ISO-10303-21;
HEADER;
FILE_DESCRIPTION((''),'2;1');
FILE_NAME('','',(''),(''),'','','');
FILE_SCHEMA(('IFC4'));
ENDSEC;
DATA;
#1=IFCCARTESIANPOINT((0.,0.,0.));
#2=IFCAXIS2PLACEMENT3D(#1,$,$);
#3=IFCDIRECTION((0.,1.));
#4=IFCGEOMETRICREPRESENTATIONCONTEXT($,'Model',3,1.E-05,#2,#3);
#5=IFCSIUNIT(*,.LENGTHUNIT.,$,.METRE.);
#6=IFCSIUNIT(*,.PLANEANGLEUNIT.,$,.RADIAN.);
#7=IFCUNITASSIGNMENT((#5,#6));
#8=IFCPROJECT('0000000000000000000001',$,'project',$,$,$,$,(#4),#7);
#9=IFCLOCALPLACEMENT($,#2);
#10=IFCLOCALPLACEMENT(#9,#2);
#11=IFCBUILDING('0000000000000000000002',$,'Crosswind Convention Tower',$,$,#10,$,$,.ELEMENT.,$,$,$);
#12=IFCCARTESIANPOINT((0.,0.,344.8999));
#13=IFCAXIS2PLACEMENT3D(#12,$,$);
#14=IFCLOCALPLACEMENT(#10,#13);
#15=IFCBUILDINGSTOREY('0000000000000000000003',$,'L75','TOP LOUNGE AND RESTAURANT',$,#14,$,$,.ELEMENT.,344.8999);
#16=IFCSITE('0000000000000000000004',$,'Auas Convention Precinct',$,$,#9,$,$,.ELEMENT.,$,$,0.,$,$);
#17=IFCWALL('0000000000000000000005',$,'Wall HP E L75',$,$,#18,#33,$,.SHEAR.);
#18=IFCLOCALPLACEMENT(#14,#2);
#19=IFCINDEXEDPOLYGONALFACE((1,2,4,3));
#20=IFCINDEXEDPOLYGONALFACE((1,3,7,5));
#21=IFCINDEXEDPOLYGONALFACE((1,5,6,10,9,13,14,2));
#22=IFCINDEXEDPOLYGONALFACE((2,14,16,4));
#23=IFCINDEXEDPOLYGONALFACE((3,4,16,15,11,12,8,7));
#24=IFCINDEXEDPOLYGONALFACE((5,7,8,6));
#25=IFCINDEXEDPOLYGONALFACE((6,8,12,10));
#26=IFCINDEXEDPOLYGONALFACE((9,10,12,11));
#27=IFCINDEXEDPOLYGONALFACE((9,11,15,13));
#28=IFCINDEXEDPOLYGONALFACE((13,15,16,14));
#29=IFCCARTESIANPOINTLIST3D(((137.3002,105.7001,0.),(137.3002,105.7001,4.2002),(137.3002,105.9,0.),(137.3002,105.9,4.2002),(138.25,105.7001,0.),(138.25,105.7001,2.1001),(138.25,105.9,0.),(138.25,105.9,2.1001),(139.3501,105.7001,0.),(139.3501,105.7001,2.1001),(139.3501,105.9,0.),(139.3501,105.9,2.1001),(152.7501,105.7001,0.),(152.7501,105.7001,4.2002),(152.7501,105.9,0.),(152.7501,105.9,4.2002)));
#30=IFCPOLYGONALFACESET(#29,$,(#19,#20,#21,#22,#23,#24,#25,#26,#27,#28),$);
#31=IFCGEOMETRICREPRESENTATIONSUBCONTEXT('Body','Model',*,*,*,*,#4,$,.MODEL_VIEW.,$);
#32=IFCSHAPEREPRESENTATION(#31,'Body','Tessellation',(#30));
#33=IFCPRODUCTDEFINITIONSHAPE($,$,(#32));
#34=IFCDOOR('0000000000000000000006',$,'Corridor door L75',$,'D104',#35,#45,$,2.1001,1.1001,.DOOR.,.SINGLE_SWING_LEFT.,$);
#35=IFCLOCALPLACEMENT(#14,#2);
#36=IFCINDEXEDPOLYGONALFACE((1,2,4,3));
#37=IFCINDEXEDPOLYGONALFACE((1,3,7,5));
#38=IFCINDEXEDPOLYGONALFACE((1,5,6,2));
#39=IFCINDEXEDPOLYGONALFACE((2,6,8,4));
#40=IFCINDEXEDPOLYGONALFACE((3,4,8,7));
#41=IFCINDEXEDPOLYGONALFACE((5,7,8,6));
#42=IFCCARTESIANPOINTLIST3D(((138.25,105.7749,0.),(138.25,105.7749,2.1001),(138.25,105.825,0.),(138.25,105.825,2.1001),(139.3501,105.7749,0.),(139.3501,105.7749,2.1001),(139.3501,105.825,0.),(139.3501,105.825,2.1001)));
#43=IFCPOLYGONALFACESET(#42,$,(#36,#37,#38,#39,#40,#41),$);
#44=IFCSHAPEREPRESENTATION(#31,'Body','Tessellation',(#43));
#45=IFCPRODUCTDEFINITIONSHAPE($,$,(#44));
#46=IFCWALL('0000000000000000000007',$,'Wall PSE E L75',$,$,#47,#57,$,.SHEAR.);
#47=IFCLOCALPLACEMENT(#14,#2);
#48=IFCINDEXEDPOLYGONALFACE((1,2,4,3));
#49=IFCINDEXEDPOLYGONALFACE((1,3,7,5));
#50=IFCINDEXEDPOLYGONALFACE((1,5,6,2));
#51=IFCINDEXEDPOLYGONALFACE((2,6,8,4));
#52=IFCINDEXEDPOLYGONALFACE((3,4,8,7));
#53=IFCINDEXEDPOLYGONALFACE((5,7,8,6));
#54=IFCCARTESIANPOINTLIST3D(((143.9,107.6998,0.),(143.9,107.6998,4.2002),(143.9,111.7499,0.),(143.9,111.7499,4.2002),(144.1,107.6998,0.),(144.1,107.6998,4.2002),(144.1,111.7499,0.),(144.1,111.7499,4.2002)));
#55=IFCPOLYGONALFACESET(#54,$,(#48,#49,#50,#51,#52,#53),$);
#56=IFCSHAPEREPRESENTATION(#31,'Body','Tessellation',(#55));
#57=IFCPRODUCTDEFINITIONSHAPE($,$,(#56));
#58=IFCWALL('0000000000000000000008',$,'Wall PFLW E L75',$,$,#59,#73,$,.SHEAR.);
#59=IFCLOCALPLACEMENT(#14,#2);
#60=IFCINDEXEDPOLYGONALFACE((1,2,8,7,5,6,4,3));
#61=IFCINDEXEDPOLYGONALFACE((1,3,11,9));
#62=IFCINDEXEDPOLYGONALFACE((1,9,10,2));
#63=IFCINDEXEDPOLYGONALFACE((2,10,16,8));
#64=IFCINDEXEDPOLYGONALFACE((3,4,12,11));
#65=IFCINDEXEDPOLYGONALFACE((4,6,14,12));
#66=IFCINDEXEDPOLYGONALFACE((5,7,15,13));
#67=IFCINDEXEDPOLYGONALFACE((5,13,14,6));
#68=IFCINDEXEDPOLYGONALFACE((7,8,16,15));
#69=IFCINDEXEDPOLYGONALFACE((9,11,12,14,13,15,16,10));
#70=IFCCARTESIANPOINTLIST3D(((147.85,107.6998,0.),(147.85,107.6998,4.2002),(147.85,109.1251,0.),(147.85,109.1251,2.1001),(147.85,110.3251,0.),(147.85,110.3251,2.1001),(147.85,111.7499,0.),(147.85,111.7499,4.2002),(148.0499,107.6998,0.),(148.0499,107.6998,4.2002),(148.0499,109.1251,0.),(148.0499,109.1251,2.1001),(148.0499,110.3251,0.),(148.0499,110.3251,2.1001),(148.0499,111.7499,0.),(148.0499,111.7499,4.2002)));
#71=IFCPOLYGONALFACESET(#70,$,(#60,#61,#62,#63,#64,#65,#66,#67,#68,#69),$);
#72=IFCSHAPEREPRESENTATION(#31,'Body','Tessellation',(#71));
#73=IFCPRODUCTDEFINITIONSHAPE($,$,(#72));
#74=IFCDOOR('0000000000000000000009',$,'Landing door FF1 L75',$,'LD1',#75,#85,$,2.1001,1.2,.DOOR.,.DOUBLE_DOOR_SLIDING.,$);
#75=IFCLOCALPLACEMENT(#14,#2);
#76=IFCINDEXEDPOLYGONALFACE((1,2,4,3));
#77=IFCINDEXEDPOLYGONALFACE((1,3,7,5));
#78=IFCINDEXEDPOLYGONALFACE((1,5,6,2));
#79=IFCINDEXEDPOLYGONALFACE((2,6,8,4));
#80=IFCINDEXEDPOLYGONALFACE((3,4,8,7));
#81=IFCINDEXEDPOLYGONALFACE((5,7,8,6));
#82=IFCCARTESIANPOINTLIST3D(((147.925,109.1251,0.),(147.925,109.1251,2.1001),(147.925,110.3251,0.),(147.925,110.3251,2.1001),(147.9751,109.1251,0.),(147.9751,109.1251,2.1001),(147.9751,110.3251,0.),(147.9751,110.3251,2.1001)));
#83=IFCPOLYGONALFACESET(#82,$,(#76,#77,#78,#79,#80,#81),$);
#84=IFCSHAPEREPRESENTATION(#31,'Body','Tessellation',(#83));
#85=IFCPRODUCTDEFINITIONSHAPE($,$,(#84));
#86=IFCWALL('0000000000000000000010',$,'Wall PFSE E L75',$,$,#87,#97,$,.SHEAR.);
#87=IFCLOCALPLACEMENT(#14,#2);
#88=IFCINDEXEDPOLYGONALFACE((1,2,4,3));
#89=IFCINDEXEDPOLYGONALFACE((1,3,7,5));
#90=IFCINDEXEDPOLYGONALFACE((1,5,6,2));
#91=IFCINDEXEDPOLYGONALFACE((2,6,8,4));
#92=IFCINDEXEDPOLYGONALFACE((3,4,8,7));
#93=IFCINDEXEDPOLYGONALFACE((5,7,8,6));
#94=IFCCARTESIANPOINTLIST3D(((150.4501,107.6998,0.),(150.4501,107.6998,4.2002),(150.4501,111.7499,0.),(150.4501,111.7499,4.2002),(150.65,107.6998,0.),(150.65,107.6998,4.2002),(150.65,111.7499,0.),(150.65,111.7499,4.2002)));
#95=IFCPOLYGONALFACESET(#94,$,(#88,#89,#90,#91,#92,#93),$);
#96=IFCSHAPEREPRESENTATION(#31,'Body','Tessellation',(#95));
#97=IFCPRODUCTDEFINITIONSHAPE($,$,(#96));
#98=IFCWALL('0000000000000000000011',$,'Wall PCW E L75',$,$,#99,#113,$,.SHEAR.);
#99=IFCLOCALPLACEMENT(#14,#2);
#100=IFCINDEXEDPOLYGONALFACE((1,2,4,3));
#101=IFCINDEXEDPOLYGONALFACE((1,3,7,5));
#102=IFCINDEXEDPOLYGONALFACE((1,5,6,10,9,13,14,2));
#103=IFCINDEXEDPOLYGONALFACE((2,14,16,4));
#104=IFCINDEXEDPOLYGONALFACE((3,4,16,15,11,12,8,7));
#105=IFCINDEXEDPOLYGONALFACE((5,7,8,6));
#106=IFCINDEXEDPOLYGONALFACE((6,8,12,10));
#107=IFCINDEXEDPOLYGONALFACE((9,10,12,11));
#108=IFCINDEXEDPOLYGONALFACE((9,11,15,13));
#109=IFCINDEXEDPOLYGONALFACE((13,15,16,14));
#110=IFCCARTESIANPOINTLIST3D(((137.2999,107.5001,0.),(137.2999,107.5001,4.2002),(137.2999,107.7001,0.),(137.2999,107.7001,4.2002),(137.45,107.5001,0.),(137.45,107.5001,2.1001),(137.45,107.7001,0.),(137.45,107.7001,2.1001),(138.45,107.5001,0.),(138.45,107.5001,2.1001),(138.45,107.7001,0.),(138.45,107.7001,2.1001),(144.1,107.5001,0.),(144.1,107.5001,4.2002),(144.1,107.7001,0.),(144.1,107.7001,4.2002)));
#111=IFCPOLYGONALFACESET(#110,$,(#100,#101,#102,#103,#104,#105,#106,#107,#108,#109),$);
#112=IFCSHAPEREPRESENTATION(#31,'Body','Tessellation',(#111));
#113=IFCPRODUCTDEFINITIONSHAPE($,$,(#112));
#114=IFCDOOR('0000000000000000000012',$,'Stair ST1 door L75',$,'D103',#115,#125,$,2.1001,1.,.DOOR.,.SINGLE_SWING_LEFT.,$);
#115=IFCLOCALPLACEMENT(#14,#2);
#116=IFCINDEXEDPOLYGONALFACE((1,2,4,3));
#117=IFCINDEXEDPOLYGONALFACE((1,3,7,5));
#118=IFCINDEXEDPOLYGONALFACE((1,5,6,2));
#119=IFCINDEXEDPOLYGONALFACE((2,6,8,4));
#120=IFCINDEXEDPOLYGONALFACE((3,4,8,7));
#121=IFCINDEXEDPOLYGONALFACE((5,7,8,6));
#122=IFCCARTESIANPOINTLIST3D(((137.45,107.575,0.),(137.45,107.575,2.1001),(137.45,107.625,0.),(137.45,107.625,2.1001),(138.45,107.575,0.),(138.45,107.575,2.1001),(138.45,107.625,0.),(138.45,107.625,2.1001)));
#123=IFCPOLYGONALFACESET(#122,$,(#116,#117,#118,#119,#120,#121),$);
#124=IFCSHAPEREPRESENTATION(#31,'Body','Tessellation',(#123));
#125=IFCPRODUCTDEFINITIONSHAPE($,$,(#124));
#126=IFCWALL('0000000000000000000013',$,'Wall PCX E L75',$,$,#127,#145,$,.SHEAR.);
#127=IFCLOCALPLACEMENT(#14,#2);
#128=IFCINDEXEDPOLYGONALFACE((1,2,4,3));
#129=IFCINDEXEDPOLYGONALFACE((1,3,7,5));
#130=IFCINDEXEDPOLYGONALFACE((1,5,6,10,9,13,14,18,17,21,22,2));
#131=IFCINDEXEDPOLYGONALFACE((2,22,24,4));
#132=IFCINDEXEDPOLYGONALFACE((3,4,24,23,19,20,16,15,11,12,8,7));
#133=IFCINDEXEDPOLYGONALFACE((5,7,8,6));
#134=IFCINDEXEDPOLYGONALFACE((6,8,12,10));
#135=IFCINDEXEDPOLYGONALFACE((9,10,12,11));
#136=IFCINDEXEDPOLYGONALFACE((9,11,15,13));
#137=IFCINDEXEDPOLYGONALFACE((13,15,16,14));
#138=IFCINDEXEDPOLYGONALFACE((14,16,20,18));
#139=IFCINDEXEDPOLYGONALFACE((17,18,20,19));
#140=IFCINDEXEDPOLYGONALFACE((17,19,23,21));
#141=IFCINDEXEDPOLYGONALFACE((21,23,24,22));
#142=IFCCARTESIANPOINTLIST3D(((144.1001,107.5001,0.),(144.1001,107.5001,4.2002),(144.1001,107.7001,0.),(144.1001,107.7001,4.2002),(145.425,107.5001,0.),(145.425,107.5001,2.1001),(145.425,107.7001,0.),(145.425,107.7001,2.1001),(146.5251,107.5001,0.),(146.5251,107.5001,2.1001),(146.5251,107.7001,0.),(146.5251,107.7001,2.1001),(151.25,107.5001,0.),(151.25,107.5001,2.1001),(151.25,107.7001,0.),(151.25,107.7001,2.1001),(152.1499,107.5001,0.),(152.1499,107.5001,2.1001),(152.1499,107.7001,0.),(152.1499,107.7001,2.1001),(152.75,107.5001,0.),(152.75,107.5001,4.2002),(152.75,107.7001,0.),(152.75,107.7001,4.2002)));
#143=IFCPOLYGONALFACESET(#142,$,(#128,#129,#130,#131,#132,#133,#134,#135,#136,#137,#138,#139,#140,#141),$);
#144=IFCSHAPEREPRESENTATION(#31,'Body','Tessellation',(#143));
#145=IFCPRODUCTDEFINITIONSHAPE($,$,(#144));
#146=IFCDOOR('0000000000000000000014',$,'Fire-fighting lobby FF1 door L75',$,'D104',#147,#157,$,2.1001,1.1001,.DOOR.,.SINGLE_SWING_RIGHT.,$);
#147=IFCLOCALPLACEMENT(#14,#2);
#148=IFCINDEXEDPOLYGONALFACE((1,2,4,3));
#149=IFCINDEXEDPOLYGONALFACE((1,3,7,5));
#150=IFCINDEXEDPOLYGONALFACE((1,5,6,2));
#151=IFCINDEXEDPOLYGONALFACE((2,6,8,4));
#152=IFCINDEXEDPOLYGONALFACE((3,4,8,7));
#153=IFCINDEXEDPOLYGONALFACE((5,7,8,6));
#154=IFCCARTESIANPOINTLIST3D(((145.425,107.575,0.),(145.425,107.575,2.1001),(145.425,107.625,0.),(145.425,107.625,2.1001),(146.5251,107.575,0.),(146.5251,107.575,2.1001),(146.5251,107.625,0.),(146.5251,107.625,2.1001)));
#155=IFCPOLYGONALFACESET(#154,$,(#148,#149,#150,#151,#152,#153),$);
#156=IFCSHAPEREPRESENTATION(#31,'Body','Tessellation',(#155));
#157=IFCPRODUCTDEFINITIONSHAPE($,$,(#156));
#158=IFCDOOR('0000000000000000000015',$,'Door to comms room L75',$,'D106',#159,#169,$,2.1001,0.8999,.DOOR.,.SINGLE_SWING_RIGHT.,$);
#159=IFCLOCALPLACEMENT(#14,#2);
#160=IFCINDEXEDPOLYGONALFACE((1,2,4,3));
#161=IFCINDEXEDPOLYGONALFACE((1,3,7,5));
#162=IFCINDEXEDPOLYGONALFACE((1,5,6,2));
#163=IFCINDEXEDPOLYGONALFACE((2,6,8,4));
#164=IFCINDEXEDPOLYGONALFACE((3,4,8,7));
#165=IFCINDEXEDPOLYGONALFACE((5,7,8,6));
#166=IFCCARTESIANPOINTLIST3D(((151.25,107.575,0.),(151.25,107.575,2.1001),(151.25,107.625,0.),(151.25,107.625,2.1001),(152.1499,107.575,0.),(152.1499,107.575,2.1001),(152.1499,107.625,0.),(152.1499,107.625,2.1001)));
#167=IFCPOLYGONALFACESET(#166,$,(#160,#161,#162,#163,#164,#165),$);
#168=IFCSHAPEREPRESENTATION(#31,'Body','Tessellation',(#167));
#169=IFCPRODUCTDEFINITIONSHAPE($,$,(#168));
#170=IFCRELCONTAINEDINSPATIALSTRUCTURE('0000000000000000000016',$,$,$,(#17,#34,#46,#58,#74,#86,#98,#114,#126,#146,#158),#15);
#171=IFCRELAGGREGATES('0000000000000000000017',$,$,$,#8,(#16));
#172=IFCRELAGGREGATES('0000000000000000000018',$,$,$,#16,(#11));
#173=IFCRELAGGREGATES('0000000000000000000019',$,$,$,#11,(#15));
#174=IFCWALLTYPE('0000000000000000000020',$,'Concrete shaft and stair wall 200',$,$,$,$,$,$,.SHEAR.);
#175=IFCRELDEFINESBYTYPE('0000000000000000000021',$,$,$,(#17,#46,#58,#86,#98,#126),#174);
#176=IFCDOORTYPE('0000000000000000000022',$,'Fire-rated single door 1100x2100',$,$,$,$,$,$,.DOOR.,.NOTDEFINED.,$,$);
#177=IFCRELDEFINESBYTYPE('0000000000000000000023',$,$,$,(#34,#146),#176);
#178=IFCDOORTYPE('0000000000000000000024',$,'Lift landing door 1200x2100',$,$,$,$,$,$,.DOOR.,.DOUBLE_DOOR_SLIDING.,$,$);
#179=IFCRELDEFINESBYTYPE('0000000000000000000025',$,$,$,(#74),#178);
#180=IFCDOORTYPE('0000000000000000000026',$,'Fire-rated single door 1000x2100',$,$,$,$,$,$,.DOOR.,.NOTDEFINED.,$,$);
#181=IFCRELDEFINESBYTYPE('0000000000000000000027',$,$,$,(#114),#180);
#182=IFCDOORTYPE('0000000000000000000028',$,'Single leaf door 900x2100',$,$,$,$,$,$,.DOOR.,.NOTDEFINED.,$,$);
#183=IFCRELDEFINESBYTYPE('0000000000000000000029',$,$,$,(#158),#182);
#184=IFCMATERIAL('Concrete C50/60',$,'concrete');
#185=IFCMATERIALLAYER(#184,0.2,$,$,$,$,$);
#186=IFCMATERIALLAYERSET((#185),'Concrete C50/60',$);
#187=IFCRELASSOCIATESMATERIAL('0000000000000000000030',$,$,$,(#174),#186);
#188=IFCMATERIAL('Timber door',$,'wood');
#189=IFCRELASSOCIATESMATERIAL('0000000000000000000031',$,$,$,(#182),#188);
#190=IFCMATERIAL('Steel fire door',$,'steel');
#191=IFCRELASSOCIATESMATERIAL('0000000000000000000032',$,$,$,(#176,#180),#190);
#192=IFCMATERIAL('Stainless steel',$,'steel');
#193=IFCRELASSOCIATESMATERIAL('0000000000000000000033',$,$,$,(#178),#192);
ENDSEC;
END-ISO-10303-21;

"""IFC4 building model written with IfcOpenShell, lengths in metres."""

from ifc_helpers import new_model, si_unit, direction, frame, frame_2d, origin, place, context, subcontext, project, spatial, rectangle, extrude, material, layer, layer_set, type_object, element, fill, save


model = new_model("IFC4")

# Units and contexts
model_context = context("Model", 3, precision=1e-05, world=origin(), true_north=direction((0.0, 1.0)))
body_context = subcontext(model_context, "Body", "Model", "MODEL_VIEW")
ifc_project = project(units=[si_unit("LENGTHUNIT", "METRE"), si_unit("PLANEANGLEUNIT", "RADIAN")], contexts=[model_context])

# Site, building, storey
site_placement = place(None, origin())
site = spatial("IfcSite", under=ifc_project, at=site_placement, Name="Auas Convention Precinct", CompositionType="ELEMENT", RefElevation=0.0)
building_placement = place(site_placement, origin())
building = spatial("IfcBuilding", under=site, at=building_placement, Name="Crosswind Convention Tower", CompositionType="ELEMENT")
storey_placement = place(building_placement, frame((0.0, 0.0, 344.8999)))
storey = spatial("IfcBuildingStorey", under=building, at=storey_placement, Name="L75", Description="TOP LOUNGE AND RESTAURANT", CompositionType="ELEMENT", Elevation=344.8999)

# Shared definitions
ifc_material_1 = material(Name="Concrete C50/60", Category="concrete")
ifc_layer_1 = layer(ifc_material_1, 0.2)
ifc_layer_set_1 = layer_set([ifc_layer_1], Name="Concrete C50/60")
wall_type_1 = type_object("IfcWallType", Name="Concrete shaft and stair wall 200", PredefinedType="SHEAR", material=ifc_layer_set_1)

# Shared definitions
ifc_material_2 = material(Name="Timber door", Category="wood")
door_type_1 = type_object("IfcDoorType", Name="Single leaf door 900x2100", OperationType="NOTDEFINED", PredefinedType="DOOR", material=ifc_material_2)

# Wall, opening, door
wall_1_placement = place(storey_placement, frame((137.3, 105.8, 0.0), z_axis=(0.0, 0.0, 1.0), x_axis=(1.0, 0.0, 0.0)))
wall_1 = element("IfcWall", 1, at=wall_1_placement, inside=storey, type_object=wall_type_1, Name="Wall HP E L75", PredefinedType="SHEAR", context=body_context, shape_type="SweptSolid", body=[
    extrude(rectangle(XDim=15.45, YDim=0.2, at=frame_2d((7.7251, 0.0))), origin(), (0.0, 0.0, 1.0), 4.2002),
])
opening_1_placement = place(wall_1_placement, frame((0.95, 0.0, 0.0)))
opening_1 = element("IfcOpeningElement", 2, at=opening_1_placement, cuts=wall_1, PredefinedType="OPENING", context=body_context, shape_type="SweptSolid", body=[
    extrude(rectangle(XDim=1.1001, YDim=2.1001, at=frame_2d((0.55, 1.05))), frame((0.0, 0.1099, 0.0), z_axis=(0.0, -1.0, 0.0), x_axis=(1.0, 0.0, 0.0)), (0.0, 0.0, 1.0), 0.22),
])
ifc_material_3 = material(Name="Steel fire door", Category="steel")
door_type_2 = type_object("IfcDoorType", Name="Fire-rated single door 1100x2100", OperationType="NOTDEFINED", PredefinedType="DOOR", material=ifc_material_3)
door_1_placement = place(opening_1_placement, origin())
door_1 = element("IfcDoor", 3, at=door_1_placement, inside=storey, type_object=door_type_2, Name="Corridor door L75", ObjectType="D104", OperationType="SINGLE_SWING_LEFT", OverallHeight=2.1001, OverallWidth=1.1001, PredefinedType="DOOR", context=body_context, shape_type="SweptSolid", body=[
    extrude(rectangle(XDim=1.1001, YDim=2.1001, at=frame_2d((0.55, 1.05))), frame((0.0, 0.0249, 0.0), z_axis=(0.0, -1.0, 0.0), x_axis=(1.0, 0.0, 0.0)), (0.0, 0.0, 1.0), 0.05),
])
fill(opening_1, door_1)

# Wall
wall_2_placement = place(storey_placement, frame((144.0, 107.7, 0.0), z_axis=(0.0, 0.0, 1.0), x_axis=(0.0, 1.0, 0.0)))
element("IfcWall", 4, at=wall_2_placement, inside=storey, type_object=wall_type_1, Name="Wall PSE E L75", PredefinedType="SHEAR", context=body_context, shape_type="SweptSolid", body=[
    extrude(rectangle(XDim=4.05, YDim=0.2, at=frame_2d((2.0249, 0.0))), origin(), (0.0, 0.0, 1.0), 4.2002),
])

# Wall, opening, door
wall_3_placement = place(storey_placement, frame((147.95, 107.7, 0.0), z_axis=(0.0, 0.0, 1.0), x_axis=(0.0, 1.0, 0.0)))
wall_3 = element("IfcWall", 5, at=wall_3_placement, inside=storey, type_object=wall_type_1, Name="Wall PFLW E L75", PredefinedType="SHEAR", context=body_context, shape_type="SweptSolid", body=[
    extrude(rectangle(XDim=4.05, YDim=0.2, at=frame_2d((2.0249, 0.0))), origin(), (0.0, 0.0, 1.0), 4.2002),
])
opening_2_placement = place(wall_3_placement, frame((1.425, 0.0, 0.0)))
opening_2 = element("IfcOpeningElement", 6, at=opening_2_placement, cuts=wall_3, PredefinedType="OPENING", context=body_context, shape_type="SweptSolid", body=[
    extrude(rectangle(XDim=1.2, YDim=2.1001, at=frame_2d((0.6001, 1.05))), frame((0.0, 0.1099, 0.0), z_axis=(0.0, -1.0, 0.0), x_axis=(1.0, 0.0, 0.0)), (0.0, 0.0, 1.0), 0.22),
])
ifc_material_4 = material(Name="Stainless steel", Category="steel")
door_type_3 = type_object("IfcDoorType", Name="Lift landing door 1200x2100", OperationType="DOUBLE_DOOR_SLIDING", PredefinedType="DOOR", material=ifc_material_4)
door_2_placement = place(opening_2_placement, origin())
door_2 = element("IfcDoor", 7, at=door_2_placement, inside=storey, type_object=door_type_3, Name="Landing door FF1 L75", ObjectType="LD1", OperationType="DOUBLE_DOOR_SLIDING", OverallHeight=2.1001, OverallWidth=1.2, PredefinedType="DOOR", context=body_context, shape_type="SweptSolid", body=[
    extrude(rectangle(XDim=1.2, YDim=2.1001, at=frame_2d((0.6001, 1.05))), frame((0.0, 0.0249, 0.0), z_axis=(0.0, -1.0, 0.0), x_axis=(1.0, 0.0, 0.0)), (0.0, 0.0, 1.0), 0.05),
])
fill(opening_2, door_2)

# Wall
wall_4_placement = place(storey_placement, frame((150.55, 107.7, 0.0), z_axis=(0.0, 0.0, 1.0), x_axis=(0.0, 1.0, 0.0)))
element("IfcWall", 8, at=wall_4_placement, inside=storey, type_object=wall_type_1, Name="Wall PFSE E L75", PredefinedType="SHEAR", context=body_context, shape_type="SweptSolid", body=[
    extrude(rectangle(XDim=4.05, YDim=0.2, at=frame_2d((2.0249, 0.0))), origin(), (0.0, 0.0, 1.0), 4.2002),
])

# Wall, opening, door
wall_5_placement = place(storey_placement, frame((137.3, 107.6001, 0.0), z_axis=(0.0, 0.0, 1.0), x_axis=(1.0, 0.0, 0.0)))
wall_5 = element("IfcWall", 9, at=wall_5_placement, inside=storey, type_object=wall_type_1, Name="Wall PCW E L75", PredefinedType="SHEAR", context=body_context, shape_type="SweptSolid", body=[
    extrude(rectangle(XDim=6.8, YDim=0.2, at=frame_2d((3.3999, 0.0))), origin(), (0.0, 0.0, 1.0), 4.2002),
])
opening_3_placement = place(wall_5_placement, frame((0.1499, 0.0, 0.0)))
opening_3 = element("IfcOpeningElement", 10, at=opening_3_placement, cuts=wall_5, PredefinedType="OPENING", context=body_context, shape_type="SweptSolid", body=[
    extrude(rectangle(XDim=1.0, YDim=2.1001, at=frame_2d((0.5, 1.05))), frame((0.0, 0.1099, 0.0), z_axis=(0.0, -1.0, 0.0), x_axis=(1.0, 0.0, 0.0)), (0.0, 0.0, 1.0), 0.22),
])
door_type_4 = type_object("IfcDoorType", Name="Fire-rated single door 1000x2100", OperationType="NOTDEFINED", PredefinedType="DOOR", material=ifc_material_3)
door_3_placement = place(opening_3_placement, origin())
door_3 = element("IfcDoor", 11, at=door_3_placement, inside=storey, type_object=door_type_4, Name="Stair ST1 door L75", ObjectType="D103", OperationType="SINGLE_SWING_LEFT", OverallHeight=2.1001, OverallWidth=1.0, PredefinedType="DOOR", context=body_context, shape_type="SweptSolid", body=[
    extrude(rectangle(XDim=1.0, YDim=2.1001, at=frame_2d((0.5, 1.05))), frame((0.0, 0.0249, 0.0), z_axis=(0.0, -1.0, 0.0), x_axis=(1.0, 0.0, 0.0)), (0.0, 0.0, 1.0), 0.05),
])
fill(opening_3, door_3)

# Wall, openings, doors
wall_6_placement = place(storey_placement, frame((144.1001, 107.6001, 0.0), z_axis=(0.0, 0.0, 1.0), x_axis=(1.0, 0.0, 0.0)))
wall_6 = element("IfcWall", 12, at=wall_6_placement, inside=storey, type_object=wall_type_1, Name="Wall PCX E L75", PredefinedType="SHEAR", context=body_context, shape_type="SweptSolid", body=[
    extrude(rectangle(XDim=8.6499, YDim=0.2, at=frame_2d((4.325, 0.0))), origin(), (0.0, 0.0, 1.0), 4.2002),
])
opening_4_placement = place(wall_6_placement, frame((1.325, 0.0, 0.0)))
opening_4 = element("IfcOpeningElement", 13, at=opening_4_placement, cuts=wall_6, PredefinedType="OPENING", context=body_context, shape_type="SweptSolid", body=[
    extrude(rectangle(XDim=1.1001, YDim=2.1001, at=frame_2d((0.55, 1.05))), frame((0.0, 0.1099, 0.0), z_axis=(0.0, -1.0, 0.0), x_axis=(1.0, 0.0, 0.0)), (0.0, 0.0, 1.0), 0.22),
])
opening_5_placement = place(wall_6_placement, frame((7.1499, 0.0, 0.0)))
opening_5 = element("IfcOpeningElement", 14, at=opening_5_placement, cuts=wall_6, PredefinedType="OPENING", context=body_context, shape_type="SweptSolid", body=[
    extrude(rectangle(XDim=0.8999, YDim=2.1001, at=frame_2d((0.45, 1.05))), frame((0.0, 0.1099, 0.0), z_axis=(0.0, -1.0, 0.0), x_axis=(1.0, 0.0, 0.0)), (0.0, 0.0, 1.0), 0.22),
])
door_4_placement = place(opening_4_placement, origin())
door_4 = element("IfcDoor", 15, at=door_4_placement, inside=storey, type_object=door_type_2, Name="Fire-fighting lobby FF1 door L75", ObjectType="D104", OperationType="SINGLE_SWING_RIGHT", OverallHeight=2.1001, OverallWidth=1.1001, PredefinedType="DOOR", context=body_context, shape_type="SweptSolid", body=[
    extrude(rectangle(XDim=1.1001, YDim=2.1001, at=frame_2d((0.55, 1.05))), frame((0.0, 0.0249, 0.0), z_axis=(0.0, -1.0, 0.0), x_axis=(1.0, 0.0, 0.0)), (0.0, 0.0, 1.0), 0.05),
])
fill(opening_4, door_4)
door_5_placement = place(opening_5_placement, origin())
door_5 = element("IfcDoor", 16, at=door_5_placement, inside=storey, type_object=door_type_1, Name="Door to comms room L75", ObjectType="D106", OperationType="SINGLE_SWING_RIGHT", OverallHeight=2.1001, OverallWidth=0.8999, PredefinedType="DOOR", context=body_context, shape_type="SweptSolid", body=[
    extrude(rectangle(XDim=0.8999, YDim=2.1001, at=frame_2d((0.45, 1.05))), frame((0.0, 0.0249, 0.0), z_axis=(0.0, -1.0, 0.0), x_axis=(1.0, 0.0, 0.0)), (0.0, 0.0, 1.0), 0.05),
])
fill(opening_5, door_5)

save(model, "model.ifc")
